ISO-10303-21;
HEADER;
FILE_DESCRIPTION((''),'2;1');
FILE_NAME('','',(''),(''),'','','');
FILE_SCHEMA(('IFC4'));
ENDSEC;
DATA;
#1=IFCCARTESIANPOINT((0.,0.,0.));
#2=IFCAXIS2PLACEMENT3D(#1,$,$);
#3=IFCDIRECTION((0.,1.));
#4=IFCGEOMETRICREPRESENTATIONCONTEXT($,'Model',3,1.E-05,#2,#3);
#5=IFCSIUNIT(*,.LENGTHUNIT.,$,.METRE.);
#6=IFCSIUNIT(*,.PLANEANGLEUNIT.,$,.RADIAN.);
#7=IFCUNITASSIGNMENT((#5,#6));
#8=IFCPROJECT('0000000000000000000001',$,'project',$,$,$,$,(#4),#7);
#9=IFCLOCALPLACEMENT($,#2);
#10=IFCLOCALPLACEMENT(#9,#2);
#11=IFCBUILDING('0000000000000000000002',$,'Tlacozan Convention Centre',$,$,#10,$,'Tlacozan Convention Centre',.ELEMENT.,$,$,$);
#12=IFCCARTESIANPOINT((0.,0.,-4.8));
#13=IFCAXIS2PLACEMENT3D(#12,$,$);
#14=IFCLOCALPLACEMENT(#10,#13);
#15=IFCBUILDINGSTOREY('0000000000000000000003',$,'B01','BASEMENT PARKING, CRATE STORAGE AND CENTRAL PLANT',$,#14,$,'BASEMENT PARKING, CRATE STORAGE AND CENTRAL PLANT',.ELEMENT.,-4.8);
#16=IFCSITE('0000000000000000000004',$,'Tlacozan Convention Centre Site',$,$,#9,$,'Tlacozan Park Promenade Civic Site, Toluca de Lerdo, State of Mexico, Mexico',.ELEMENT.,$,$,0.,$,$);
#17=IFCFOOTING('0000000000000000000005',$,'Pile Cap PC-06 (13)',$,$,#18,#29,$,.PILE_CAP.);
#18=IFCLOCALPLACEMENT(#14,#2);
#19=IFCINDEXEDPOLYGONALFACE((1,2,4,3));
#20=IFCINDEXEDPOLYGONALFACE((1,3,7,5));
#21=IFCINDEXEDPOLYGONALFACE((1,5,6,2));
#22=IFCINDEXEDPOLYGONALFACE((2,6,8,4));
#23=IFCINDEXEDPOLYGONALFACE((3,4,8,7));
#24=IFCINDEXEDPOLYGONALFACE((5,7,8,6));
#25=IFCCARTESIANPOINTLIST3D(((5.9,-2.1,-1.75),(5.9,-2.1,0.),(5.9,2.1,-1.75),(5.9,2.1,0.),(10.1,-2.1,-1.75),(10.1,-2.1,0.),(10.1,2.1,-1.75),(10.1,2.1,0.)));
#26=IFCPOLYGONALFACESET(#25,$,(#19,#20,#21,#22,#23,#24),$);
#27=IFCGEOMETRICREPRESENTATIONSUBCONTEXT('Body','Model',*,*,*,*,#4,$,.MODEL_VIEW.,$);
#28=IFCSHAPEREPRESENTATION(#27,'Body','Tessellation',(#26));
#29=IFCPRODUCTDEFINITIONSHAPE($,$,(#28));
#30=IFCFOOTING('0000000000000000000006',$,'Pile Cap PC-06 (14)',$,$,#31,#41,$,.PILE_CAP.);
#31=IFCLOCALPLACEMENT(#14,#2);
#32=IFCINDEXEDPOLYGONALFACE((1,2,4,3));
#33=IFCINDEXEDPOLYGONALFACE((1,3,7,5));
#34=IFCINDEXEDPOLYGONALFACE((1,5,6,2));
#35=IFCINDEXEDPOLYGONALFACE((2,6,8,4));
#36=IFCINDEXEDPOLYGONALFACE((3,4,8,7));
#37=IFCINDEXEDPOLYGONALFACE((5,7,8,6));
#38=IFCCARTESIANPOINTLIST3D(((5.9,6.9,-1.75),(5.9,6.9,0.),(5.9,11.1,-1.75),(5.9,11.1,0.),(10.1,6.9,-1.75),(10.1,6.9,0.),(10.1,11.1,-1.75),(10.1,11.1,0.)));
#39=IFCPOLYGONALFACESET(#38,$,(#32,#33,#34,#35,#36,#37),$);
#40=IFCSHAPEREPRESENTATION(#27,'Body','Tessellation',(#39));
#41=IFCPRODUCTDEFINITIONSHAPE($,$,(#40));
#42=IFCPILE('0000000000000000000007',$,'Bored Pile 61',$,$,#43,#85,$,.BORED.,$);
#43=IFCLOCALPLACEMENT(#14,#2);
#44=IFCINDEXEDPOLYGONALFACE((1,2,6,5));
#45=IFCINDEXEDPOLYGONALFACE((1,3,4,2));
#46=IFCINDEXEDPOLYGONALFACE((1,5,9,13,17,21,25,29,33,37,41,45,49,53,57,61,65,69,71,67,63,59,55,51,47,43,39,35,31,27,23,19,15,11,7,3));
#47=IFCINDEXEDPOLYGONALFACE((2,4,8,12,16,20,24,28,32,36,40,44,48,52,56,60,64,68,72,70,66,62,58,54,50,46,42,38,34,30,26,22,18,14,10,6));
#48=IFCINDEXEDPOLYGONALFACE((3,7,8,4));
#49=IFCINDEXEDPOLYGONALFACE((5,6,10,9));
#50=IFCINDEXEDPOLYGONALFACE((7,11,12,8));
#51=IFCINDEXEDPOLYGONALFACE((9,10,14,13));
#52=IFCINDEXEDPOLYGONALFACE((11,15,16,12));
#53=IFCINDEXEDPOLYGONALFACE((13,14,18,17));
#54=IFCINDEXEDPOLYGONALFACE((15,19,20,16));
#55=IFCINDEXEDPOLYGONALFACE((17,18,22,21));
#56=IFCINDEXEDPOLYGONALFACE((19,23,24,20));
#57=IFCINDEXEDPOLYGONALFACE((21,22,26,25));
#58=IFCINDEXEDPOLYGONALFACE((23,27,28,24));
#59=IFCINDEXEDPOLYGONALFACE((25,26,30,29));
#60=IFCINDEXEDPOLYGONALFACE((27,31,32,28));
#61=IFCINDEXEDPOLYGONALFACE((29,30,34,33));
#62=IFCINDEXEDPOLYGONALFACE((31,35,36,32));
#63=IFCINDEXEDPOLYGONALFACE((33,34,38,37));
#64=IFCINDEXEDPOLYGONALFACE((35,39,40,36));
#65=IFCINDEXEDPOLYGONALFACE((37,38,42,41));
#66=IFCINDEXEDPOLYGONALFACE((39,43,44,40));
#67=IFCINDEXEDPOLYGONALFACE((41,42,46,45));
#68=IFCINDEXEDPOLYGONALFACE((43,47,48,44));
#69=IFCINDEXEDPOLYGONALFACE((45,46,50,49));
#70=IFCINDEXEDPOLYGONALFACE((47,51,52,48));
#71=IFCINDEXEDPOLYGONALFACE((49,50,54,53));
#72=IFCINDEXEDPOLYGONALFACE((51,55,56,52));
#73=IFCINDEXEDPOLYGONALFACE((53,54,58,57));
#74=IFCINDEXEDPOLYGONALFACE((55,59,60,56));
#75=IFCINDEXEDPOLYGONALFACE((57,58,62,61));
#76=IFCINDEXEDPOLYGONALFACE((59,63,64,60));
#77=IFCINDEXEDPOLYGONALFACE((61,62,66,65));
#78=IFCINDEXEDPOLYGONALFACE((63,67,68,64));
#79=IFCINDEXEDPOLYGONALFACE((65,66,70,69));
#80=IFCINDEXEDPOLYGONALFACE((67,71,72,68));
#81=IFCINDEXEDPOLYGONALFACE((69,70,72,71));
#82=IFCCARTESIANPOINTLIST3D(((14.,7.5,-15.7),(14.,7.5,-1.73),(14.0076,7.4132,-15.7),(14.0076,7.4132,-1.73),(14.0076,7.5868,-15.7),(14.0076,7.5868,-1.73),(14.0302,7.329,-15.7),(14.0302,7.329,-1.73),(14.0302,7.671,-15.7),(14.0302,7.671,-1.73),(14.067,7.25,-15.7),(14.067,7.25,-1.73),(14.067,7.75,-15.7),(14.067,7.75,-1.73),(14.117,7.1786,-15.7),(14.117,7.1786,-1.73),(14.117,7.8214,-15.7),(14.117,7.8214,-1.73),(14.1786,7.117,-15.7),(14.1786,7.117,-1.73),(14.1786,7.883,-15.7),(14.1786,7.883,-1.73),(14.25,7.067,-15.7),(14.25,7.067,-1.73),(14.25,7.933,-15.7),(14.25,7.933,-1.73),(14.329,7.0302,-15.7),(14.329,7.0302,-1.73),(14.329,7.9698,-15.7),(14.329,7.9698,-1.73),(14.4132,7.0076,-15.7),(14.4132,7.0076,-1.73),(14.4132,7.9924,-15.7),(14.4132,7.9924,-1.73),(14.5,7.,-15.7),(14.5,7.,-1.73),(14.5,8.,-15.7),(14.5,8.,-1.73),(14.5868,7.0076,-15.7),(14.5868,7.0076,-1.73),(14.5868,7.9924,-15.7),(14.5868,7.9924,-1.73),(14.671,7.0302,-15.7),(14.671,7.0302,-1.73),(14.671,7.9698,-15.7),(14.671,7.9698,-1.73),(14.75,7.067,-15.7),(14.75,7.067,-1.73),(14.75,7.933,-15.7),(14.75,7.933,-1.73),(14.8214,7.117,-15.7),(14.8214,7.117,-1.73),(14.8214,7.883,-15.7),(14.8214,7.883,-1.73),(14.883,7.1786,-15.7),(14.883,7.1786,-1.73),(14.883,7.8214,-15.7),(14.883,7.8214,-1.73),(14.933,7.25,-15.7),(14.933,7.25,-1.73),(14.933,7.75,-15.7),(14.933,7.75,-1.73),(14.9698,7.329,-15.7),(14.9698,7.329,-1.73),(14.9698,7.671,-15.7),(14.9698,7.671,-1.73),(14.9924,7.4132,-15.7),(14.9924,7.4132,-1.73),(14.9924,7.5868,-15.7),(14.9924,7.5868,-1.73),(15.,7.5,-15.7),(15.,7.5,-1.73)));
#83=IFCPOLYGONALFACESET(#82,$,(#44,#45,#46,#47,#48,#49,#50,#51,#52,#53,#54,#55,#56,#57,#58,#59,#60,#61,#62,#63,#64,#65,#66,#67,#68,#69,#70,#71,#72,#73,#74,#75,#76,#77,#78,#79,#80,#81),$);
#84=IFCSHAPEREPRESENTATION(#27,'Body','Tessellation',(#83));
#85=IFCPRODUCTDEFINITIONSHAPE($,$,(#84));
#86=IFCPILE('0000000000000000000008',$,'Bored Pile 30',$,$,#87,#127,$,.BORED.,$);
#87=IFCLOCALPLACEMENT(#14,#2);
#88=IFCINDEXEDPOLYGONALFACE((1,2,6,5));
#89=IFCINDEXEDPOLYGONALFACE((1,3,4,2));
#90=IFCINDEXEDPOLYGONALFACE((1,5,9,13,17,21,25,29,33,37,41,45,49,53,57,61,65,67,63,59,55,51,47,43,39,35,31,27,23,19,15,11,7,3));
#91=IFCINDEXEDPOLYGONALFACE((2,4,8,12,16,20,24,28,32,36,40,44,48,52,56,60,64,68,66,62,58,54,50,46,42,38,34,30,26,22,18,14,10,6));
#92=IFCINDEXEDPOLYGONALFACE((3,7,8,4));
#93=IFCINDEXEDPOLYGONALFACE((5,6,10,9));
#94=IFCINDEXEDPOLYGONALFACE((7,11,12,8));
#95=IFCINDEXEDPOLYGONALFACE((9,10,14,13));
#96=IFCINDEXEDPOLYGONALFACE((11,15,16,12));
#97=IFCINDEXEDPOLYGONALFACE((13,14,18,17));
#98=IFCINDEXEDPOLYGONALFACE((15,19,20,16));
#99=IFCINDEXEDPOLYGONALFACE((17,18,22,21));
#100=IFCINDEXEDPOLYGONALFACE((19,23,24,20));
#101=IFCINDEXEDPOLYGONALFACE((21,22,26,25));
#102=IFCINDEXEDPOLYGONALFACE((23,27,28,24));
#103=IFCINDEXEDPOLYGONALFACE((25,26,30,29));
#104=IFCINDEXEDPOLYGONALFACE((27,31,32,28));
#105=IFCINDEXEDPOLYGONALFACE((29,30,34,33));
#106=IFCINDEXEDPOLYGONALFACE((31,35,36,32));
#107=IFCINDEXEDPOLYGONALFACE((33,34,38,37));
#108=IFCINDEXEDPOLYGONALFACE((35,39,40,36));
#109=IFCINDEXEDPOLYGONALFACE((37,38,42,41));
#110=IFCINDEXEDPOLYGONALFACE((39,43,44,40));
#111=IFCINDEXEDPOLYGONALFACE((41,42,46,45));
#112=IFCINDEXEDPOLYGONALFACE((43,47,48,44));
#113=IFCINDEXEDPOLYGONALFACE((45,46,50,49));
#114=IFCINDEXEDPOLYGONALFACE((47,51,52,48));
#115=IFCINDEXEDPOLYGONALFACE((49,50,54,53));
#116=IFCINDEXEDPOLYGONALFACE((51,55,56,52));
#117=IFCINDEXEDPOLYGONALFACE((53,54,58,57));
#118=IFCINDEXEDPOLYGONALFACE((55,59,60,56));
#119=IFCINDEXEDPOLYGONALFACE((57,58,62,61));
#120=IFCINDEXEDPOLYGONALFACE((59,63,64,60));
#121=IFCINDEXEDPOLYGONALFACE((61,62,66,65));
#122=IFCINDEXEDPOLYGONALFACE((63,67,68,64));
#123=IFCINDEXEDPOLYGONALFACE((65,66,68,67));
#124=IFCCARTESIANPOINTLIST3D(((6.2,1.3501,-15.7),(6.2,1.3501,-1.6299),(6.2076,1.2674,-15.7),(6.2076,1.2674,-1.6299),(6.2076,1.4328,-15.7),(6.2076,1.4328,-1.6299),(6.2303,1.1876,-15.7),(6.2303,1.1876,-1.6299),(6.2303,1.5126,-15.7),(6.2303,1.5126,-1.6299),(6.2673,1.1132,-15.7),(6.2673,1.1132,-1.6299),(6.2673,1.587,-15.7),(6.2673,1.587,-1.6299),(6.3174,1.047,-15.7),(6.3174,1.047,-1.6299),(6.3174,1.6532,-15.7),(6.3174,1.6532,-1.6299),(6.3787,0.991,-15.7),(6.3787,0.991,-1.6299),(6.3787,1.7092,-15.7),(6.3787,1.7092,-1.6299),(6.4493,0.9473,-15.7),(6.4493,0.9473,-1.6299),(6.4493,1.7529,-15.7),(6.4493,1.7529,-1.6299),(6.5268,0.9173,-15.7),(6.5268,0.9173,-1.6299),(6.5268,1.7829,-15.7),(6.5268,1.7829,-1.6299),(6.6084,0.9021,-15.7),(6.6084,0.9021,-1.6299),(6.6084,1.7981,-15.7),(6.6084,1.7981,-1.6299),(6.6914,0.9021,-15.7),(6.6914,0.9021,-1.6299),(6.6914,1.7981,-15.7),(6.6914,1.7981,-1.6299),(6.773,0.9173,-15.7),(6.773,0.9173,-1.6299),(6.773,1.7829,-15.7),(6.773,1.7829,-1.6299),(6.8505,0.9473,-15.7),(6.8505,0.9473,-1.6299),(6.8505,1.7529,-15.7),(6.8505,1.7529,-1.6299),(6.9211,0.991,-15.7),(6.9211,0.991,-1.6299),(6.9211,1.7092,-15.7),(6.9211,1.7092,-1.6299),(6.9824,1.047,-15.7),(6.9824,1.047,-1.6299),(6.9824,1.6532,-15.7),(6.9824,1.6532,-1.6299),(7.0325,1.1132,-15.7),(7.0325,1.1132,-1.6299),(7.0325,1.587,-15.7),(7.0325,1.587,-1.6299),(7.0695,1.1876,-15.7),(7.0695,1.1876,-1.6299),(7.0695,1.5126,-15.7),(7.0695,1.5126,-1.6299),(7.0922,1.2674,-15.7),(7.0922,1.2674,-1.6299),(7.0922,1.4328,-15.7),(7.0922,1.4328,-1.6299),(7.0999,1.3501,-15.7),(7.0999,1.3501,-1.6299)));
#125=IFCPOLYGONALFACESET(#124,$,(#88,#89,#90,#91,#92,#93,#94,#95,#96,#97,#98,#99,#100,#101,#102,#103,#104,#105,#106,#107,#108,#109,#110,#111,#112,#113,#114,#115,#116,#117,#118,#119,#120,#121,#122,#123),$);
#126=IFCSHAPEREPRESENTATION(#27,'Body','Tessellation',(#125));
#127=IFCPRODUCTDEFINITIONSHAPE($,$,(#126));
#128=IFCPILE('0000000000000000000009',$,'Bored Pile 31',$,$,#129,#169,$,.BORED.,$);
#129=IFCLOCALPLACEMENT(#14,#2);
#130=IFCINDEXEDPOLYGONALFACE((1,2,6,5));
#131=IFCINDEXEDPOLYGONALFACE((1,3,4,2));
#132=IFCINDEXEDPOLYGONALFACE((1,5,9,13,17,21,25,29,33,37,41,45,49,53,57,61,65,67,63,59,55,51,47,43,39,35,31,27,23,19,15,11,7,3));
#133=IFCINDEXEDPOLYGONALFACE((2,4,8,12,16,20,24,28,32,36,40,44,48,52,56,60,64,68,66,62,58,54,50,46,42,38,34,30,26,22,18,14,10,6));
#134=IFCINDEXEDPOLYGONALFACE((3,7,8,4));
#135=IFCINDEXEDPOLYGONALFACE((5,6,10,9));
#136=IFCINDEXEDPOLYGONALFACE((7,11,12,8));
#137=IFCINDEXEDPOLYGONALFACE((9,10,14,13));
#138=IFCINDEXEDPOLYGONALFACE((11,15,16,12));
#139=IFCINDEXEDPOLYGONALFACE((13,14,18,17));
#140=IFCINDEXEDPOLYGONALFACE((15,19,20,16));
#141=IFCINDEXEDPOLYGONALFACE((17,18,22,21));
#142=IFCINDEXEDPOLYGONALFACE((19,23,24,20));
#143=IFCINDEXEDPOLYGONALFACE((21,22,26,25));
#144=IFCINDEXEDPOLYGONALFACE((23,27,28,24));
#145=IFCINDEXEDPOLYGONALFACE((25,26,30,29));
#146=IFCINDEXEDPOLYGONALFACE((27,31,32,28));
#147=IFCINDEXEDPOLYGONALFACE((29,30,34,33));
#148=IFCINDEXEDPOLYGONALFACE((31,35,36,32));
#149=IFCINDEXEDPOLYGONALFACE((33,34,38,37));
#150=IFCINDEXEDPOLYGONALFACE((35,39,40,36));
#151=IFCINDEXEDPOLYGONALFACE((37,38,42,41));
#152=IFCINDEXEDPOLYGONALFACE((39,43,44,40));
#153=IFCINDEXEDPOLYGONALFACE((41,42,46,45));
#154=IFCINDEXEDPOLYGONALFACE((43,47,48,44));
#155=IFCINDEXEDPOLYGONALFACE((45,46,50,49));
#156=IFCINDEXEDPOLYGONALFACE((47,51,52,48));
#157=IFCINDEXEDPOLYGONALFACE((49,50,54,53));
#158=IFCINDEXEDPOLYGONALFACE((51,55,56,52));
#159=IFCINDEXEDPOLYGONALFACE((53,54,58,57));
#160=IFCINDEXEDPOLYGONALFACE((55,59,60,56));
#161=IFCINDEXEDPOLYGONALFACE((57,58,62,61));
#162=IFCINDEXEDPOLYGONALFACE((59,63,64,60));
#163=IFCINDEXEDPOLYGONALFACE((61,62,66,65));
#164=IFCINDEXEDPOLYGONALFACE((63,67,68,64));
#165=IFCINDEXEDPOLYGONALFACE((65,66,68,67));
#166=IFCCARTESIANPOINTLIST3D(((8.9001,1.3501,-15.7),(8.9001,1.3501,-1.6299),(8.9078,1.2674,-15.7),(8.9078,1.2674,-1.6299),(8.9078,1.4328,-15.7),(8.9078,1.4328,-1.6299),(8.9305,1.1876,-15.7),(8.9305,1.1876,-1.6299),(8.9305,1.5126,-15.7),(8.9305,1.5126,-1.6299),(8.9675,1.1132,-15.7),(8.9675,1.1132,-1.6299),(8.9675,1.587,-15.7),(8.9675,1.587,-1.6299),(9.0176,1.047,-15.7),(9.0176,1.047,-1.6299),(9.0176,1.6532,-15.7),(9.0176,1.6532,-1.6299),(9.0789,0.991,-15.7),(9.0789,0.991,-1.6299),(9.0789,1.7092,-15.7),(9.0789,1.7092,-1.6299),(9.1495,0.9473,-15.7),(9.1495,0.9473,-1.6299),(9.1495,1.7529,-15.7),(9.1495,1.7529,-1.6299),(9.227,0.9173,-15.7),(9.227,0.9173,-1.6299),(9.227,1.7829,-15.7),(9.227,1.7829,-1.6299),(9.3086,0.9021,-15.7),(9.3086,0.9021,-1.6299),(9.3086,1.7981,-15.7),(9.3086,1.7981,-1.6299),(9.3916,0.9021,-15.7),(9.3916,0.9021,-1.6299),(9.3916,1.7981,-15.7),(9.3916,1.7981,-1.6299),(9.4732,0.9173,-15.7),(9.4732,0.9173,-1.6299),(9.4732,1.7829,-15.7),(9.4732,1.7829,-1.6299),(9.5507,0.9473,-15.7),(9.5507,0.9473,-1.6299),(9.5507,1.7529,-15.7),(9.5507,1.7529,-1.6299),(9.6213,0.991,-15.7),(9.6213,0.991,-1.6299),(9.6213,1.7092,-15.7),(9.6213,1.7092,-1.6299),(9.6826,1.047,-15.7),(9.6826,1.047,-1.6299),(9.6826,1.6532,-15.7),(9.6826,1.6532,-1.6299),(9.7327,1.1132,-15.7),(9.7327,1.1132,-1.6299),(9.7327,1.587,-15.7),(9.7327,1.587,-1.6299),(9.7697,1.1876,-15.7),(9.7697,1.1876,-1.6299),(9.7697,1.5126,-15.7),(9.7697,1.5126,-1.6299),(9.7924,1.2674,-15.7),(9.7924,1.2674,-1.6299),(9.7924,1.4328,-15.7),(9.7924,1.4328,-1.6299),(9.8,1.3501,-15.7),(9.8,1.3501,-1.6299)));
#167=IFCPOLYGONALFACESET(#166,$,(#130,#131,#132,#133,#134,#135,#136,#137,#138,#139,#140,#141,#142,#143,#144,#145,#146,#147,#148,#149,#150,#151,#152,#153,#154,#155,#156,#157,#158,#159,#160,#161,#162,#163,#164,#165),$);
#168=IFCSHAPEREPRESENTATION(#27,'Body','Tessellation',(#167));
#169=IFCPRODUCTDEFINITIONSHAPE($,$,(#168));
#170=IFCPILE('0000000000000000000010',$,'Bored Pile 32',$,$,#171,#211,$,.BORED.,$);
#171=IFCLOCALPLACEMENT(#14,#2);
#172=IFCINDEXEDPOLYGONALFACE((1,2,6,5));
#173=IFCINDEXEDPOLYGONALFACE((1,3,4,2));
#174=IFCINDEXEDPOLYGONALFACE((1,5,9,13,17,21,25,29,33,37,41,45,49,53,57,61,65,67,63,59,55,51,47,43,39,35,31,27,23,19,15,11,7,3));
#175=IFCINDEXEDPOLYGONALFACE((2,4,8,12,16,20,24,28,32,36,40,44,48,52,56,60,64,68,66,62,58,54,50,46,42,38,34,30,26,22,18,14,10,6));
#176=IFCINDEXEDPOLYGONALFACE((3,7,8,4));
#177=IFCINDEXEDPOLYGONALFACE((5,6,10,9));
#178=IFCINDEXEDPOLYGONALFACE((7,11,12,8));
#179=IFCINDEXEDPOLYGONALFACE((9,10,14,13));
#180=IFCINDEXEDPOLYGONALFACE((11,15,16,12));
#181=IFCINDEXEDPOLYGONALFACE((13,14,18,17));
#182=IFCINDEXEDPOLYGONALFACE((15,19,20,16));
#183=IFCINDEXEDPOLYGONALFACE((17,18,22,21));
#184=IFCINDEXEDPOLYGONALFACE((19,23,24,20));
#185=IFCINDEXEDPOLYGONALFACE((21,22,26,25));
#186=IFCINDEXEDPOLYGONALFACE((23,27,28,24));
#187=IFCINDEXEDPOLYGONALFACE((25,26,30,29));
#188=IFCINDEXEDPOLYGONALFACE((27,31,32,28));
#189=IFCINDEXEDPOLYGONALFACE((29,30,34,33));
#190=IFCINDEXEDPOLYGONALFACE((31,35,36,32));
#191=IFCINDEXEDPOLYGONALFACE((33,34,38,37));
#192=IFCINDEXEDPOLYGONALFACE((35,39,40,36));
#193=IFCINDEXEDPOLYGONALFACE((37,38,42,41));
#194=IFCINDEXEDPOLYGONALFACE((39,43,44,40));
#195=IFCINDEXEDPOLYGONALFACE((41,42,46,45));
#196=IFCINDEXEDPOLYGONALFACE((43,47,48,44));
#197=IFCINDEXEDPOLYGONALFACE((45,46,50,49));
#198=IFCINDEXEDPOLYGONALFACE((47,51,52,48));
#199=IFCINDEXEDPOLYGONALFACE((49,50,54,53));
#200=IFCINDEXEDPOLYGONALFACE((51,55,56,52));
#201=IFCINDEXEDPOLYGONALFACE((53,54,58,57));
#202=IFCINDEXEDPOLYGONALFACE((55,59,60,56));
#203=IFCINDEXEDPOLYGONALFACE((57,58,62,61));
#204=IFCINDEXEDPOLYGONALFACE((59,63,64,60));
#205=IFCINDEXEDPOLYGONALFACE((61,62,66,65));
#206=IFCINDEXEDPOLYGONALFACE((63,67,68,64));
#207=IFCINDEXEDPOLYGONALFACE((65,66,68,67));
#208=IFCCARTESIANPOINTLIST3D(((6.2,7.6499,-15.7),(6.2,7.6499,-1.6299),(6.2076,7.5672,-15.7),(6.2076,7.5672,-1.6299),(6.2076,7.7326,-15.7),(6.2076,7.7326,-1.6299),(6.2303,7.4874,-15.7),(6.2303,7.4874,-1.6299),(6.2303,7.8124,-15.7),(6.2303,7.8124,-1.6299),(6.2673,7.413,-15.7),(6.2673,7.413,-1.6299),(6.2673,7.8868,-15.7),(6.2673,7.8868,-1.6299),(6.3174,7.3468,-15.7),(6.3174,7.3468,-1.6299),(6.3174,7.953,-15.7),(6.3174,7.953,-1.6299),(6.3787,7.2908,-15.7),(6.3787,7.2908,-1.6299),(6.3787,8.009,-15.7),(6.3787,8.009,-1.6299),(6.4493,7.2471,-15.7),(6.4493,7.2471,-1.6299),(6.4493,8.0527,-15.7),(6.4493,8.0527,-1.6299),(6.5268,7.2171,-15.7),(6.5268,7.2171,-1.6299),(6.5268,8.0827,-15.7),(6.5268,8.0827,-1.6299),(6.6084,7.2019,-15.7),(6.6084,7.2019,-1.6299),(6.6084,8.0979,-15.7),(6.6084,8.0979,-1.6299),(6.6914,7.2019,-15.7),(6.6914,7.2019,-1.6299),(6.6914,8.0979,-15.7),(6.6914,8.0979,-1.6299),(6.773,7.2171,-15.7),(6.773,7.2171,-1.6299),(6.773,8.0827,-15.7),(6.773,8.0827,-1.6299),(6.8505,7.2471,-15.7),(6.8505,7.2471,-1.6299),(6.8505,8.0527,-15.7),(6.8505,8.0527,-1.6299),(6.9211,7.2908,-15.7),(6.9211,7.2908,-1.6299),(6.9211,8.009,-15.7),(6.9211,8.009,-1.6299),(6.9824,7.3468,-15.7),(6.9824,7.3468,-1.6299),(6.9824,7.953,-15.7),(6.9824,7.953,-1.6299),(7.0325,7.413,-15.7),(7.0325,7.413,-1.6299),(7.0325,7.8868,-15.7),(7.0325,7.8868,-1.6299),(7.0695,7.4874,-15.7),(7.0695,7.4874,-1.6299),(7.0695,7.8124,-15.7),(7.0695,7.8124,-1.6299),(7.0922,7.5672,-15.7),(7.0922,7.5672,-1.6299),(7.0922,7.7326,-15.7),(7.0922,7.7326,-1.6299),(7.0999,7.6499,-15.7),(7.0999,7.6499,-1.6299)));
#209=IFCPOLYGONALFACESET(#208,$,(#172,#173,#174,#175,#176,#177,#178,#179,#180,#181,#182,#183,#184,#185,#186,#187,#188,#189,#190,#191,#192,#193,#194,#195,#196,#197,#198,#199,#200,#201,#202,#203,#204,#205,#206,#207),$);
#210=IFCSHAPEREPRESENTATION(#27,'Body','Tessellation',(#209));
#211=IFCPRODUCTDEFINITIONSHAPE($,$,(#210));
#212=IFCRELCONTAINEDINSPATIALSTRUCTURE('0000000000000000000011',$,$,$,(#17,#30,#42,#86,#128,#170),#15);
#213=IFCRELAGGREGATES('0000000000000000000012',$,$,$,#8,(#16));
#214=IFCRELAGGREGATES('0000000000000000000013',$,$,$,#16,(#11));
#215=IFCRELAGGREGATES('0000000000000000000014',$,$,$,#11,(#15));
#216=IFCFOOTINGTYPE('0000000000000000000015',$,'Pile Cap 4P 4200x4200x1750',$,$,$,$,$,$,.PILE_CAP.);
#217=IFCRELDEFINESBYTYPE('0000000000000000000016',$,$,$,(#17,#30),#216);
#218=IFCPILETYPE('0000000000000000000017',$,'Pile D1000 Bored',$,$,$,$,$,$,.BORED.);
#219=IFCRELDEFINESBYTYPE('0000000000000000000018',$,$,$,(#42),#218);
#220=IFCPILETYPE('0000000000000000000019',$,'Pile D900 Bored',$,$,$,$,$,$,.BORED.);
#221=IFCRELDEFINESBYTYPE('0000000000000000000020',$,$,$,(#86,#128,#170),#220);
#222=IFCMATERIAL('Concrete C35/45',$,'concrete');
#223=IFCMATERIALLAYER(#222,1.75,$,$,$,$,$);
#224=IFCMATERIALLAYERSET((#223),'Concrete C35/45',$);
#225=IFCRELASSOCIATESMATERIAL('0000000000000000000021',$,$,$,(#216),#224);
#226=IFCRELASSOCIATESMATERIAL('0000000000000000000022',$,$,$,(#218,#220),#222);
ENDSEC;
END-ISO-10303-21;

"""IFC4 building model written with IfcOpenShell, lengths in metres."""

from ifc_helpers import new_model, si_unit, direction, frame, origin, origin_2d, place, context, subcontext, project, spatial, rectangle, circle, extrude, material, layer, layer_set, material_profile, profile_set, type_object, element, save


model = new_model("IFC4")

# Units and contexts
model_context = context("Model", 3, precision=1e-05, world=origin(), true_north=direction((0.0, 1.0)))
body_context = subcontext(model_context, "Body", "Model", "MODEL_VIEW")
ifc_project = project(units=[si_unit("LENGTHUNIT", "METRE"), si_unit("PLANEANGLEUNIT", "RADIAN")], contexts=[model_context])

# Site, building, storey
site_placement = place(None, origin())
site = spatial("IfcSite", under=ifc_project, at=site_placement, Name="Tlacozan Convention Centre Site", LongName="Tlacozan Park Promenade Civic Site, Toluca de Lerdo, State of Mexico, Mexico", CompositionType="ELEMENT", RefElevation=0.0)
building_placement = place(site_placement, origin())
building = spatial("IfcBuilding", under=site, at=building_placement, Name="Tlacozan Convention Centre", LongName="Tlacozan Convention Centre", CompositionType="ELEMENT")
storey_placement = place(building_placement, frame((0.0, 0.0, -4.8)))
storey = spatial("IfcBuildingStorey", under=building, at=storey_placement, Name="B01", Description="BASEMENT PARKING, CRATE STORAGE AND CENTRAL PLANT", LongName="BASEMENT PARKING, CRATE STORAGE AND CENTRAL PLANT", CompositionType="ELEMENT", Elevation=-4.8)

# Footings
ifc_material_1 = material(Name="Concrete C35/45", Category="concrete")
ifc_layer_1 = layer(ifc_material_1, 1.75)
ifc_layer_set_1 = layer_set([ifc_layer_1], Name="Concrete C35/45")
footing_type = type_object("IfcFootingType", Name="Pile Cap 4P 4200x4200x1750", PredefinedType="PILE_CAP", material=ifc_layer_set_1)
for number, where, z_axis, x_axis, name in (
    (1, (8.0, 0.0, -1.75), (0.0, 0.0, 1.0), (1.0, 0.0, 0.0), "Pile Cap PC-06 (13)"),
    (2, (8.0, 9.0, -1.75), (0.0, 0.0, 1.0), (1.0, 0.0, 0.0), "Pile Cap PC-06 (14)"),
):
    element("IfcFooting", number, at=place(storey_placement, frame(where, z_axis=z_axis, x_axis=x_axis)), inside=storey, type_object=footing_type, Name=name, PredefinedType="PILE_CAP", context=body_context, shape_type="SweptSolid", body=[
        extrude(rectangle(XDim=4.2, YDim=4.2, at=origin_2d()), origin(), (0.0, 0.0, 1.0), 1.75),
    ])

# Piles
ifc_material_profile_1 = material_profile(ifc_material_1, circle(Radius=0.5, at=origin_2d()), Name="PILE D1000")
ifc_profile_set_1 = profile_set([ifc_material_profile_1], Name="Concrete C35/45")
pile_type_1 = type_object("IfcPileType", Name="Pile D1000 Bored", PredefinedType="BORED", material=ifc_profile_set_1)
pile_placement = place(storey_placement, frame((14.5, 7.5, -1.73), z_axis=(0.0, 0.0, -1.0), x_axis=(1.0, 0.0, 0.0)))
element("IfcPile", 3, at=pile_placement, inside=storey, type_object=pile_type_1, Name="Bored Pile 61", PredefinedType="BORED", context=body_context, shape_type="SweptSolid", body=[
    extrude(circle(Radius=0.5, at=origin_2d()), origin(), (0.0, 0.0, 1.0), 13.97),
])
ifc_material_profile_2 = material_profile(ifc_material_1, circle(Radius=0.45, at=origin_2d()), Name="PILE D900")
ifc_profile_set_2 = profile_set([ifc_material_profile_2], Name="Concrete C35/45")
pile_type_2 = type_object("IfcPileType", Name="Pile D900 Bored", PredefinedType="BORED", material=ifc_profile_set_2)
for number, where, z_axis, x_axis, name in (
    (4, (6.6499, 1.3501, -1.6299), (0.0, 0.0, -1.0), (1.0, 0.0, 0.0), "Bored Pile 30"),
    (5, (9.3501, 1.3501, -1.6299), (0.0, 0.0, -1.0), (1.0, 0.0, 0.0), "Bored Pile 31"),
    (6, (6.6499, 7.6499, -1.6299), (0.0, 0.0, -1.0), (1.0, 0.0, 0.0), "Bored Pile 32"),
):
    element("IfcPile", number, at=place(storey_placement, frame(where, z_axis=z_axis, x_axis=x_axis)), inside=storey, type_object=pile_type_2, Name=name, PredefinedType="BORED", context=body_context, shape_type="SweptSolid", body=[
        extrude(circle(Radius=0.45, at=origin_2d()), origin(), (0.0, 0.0, 1.0), 14.0701),
    ])

save(model, "model.ifc")
